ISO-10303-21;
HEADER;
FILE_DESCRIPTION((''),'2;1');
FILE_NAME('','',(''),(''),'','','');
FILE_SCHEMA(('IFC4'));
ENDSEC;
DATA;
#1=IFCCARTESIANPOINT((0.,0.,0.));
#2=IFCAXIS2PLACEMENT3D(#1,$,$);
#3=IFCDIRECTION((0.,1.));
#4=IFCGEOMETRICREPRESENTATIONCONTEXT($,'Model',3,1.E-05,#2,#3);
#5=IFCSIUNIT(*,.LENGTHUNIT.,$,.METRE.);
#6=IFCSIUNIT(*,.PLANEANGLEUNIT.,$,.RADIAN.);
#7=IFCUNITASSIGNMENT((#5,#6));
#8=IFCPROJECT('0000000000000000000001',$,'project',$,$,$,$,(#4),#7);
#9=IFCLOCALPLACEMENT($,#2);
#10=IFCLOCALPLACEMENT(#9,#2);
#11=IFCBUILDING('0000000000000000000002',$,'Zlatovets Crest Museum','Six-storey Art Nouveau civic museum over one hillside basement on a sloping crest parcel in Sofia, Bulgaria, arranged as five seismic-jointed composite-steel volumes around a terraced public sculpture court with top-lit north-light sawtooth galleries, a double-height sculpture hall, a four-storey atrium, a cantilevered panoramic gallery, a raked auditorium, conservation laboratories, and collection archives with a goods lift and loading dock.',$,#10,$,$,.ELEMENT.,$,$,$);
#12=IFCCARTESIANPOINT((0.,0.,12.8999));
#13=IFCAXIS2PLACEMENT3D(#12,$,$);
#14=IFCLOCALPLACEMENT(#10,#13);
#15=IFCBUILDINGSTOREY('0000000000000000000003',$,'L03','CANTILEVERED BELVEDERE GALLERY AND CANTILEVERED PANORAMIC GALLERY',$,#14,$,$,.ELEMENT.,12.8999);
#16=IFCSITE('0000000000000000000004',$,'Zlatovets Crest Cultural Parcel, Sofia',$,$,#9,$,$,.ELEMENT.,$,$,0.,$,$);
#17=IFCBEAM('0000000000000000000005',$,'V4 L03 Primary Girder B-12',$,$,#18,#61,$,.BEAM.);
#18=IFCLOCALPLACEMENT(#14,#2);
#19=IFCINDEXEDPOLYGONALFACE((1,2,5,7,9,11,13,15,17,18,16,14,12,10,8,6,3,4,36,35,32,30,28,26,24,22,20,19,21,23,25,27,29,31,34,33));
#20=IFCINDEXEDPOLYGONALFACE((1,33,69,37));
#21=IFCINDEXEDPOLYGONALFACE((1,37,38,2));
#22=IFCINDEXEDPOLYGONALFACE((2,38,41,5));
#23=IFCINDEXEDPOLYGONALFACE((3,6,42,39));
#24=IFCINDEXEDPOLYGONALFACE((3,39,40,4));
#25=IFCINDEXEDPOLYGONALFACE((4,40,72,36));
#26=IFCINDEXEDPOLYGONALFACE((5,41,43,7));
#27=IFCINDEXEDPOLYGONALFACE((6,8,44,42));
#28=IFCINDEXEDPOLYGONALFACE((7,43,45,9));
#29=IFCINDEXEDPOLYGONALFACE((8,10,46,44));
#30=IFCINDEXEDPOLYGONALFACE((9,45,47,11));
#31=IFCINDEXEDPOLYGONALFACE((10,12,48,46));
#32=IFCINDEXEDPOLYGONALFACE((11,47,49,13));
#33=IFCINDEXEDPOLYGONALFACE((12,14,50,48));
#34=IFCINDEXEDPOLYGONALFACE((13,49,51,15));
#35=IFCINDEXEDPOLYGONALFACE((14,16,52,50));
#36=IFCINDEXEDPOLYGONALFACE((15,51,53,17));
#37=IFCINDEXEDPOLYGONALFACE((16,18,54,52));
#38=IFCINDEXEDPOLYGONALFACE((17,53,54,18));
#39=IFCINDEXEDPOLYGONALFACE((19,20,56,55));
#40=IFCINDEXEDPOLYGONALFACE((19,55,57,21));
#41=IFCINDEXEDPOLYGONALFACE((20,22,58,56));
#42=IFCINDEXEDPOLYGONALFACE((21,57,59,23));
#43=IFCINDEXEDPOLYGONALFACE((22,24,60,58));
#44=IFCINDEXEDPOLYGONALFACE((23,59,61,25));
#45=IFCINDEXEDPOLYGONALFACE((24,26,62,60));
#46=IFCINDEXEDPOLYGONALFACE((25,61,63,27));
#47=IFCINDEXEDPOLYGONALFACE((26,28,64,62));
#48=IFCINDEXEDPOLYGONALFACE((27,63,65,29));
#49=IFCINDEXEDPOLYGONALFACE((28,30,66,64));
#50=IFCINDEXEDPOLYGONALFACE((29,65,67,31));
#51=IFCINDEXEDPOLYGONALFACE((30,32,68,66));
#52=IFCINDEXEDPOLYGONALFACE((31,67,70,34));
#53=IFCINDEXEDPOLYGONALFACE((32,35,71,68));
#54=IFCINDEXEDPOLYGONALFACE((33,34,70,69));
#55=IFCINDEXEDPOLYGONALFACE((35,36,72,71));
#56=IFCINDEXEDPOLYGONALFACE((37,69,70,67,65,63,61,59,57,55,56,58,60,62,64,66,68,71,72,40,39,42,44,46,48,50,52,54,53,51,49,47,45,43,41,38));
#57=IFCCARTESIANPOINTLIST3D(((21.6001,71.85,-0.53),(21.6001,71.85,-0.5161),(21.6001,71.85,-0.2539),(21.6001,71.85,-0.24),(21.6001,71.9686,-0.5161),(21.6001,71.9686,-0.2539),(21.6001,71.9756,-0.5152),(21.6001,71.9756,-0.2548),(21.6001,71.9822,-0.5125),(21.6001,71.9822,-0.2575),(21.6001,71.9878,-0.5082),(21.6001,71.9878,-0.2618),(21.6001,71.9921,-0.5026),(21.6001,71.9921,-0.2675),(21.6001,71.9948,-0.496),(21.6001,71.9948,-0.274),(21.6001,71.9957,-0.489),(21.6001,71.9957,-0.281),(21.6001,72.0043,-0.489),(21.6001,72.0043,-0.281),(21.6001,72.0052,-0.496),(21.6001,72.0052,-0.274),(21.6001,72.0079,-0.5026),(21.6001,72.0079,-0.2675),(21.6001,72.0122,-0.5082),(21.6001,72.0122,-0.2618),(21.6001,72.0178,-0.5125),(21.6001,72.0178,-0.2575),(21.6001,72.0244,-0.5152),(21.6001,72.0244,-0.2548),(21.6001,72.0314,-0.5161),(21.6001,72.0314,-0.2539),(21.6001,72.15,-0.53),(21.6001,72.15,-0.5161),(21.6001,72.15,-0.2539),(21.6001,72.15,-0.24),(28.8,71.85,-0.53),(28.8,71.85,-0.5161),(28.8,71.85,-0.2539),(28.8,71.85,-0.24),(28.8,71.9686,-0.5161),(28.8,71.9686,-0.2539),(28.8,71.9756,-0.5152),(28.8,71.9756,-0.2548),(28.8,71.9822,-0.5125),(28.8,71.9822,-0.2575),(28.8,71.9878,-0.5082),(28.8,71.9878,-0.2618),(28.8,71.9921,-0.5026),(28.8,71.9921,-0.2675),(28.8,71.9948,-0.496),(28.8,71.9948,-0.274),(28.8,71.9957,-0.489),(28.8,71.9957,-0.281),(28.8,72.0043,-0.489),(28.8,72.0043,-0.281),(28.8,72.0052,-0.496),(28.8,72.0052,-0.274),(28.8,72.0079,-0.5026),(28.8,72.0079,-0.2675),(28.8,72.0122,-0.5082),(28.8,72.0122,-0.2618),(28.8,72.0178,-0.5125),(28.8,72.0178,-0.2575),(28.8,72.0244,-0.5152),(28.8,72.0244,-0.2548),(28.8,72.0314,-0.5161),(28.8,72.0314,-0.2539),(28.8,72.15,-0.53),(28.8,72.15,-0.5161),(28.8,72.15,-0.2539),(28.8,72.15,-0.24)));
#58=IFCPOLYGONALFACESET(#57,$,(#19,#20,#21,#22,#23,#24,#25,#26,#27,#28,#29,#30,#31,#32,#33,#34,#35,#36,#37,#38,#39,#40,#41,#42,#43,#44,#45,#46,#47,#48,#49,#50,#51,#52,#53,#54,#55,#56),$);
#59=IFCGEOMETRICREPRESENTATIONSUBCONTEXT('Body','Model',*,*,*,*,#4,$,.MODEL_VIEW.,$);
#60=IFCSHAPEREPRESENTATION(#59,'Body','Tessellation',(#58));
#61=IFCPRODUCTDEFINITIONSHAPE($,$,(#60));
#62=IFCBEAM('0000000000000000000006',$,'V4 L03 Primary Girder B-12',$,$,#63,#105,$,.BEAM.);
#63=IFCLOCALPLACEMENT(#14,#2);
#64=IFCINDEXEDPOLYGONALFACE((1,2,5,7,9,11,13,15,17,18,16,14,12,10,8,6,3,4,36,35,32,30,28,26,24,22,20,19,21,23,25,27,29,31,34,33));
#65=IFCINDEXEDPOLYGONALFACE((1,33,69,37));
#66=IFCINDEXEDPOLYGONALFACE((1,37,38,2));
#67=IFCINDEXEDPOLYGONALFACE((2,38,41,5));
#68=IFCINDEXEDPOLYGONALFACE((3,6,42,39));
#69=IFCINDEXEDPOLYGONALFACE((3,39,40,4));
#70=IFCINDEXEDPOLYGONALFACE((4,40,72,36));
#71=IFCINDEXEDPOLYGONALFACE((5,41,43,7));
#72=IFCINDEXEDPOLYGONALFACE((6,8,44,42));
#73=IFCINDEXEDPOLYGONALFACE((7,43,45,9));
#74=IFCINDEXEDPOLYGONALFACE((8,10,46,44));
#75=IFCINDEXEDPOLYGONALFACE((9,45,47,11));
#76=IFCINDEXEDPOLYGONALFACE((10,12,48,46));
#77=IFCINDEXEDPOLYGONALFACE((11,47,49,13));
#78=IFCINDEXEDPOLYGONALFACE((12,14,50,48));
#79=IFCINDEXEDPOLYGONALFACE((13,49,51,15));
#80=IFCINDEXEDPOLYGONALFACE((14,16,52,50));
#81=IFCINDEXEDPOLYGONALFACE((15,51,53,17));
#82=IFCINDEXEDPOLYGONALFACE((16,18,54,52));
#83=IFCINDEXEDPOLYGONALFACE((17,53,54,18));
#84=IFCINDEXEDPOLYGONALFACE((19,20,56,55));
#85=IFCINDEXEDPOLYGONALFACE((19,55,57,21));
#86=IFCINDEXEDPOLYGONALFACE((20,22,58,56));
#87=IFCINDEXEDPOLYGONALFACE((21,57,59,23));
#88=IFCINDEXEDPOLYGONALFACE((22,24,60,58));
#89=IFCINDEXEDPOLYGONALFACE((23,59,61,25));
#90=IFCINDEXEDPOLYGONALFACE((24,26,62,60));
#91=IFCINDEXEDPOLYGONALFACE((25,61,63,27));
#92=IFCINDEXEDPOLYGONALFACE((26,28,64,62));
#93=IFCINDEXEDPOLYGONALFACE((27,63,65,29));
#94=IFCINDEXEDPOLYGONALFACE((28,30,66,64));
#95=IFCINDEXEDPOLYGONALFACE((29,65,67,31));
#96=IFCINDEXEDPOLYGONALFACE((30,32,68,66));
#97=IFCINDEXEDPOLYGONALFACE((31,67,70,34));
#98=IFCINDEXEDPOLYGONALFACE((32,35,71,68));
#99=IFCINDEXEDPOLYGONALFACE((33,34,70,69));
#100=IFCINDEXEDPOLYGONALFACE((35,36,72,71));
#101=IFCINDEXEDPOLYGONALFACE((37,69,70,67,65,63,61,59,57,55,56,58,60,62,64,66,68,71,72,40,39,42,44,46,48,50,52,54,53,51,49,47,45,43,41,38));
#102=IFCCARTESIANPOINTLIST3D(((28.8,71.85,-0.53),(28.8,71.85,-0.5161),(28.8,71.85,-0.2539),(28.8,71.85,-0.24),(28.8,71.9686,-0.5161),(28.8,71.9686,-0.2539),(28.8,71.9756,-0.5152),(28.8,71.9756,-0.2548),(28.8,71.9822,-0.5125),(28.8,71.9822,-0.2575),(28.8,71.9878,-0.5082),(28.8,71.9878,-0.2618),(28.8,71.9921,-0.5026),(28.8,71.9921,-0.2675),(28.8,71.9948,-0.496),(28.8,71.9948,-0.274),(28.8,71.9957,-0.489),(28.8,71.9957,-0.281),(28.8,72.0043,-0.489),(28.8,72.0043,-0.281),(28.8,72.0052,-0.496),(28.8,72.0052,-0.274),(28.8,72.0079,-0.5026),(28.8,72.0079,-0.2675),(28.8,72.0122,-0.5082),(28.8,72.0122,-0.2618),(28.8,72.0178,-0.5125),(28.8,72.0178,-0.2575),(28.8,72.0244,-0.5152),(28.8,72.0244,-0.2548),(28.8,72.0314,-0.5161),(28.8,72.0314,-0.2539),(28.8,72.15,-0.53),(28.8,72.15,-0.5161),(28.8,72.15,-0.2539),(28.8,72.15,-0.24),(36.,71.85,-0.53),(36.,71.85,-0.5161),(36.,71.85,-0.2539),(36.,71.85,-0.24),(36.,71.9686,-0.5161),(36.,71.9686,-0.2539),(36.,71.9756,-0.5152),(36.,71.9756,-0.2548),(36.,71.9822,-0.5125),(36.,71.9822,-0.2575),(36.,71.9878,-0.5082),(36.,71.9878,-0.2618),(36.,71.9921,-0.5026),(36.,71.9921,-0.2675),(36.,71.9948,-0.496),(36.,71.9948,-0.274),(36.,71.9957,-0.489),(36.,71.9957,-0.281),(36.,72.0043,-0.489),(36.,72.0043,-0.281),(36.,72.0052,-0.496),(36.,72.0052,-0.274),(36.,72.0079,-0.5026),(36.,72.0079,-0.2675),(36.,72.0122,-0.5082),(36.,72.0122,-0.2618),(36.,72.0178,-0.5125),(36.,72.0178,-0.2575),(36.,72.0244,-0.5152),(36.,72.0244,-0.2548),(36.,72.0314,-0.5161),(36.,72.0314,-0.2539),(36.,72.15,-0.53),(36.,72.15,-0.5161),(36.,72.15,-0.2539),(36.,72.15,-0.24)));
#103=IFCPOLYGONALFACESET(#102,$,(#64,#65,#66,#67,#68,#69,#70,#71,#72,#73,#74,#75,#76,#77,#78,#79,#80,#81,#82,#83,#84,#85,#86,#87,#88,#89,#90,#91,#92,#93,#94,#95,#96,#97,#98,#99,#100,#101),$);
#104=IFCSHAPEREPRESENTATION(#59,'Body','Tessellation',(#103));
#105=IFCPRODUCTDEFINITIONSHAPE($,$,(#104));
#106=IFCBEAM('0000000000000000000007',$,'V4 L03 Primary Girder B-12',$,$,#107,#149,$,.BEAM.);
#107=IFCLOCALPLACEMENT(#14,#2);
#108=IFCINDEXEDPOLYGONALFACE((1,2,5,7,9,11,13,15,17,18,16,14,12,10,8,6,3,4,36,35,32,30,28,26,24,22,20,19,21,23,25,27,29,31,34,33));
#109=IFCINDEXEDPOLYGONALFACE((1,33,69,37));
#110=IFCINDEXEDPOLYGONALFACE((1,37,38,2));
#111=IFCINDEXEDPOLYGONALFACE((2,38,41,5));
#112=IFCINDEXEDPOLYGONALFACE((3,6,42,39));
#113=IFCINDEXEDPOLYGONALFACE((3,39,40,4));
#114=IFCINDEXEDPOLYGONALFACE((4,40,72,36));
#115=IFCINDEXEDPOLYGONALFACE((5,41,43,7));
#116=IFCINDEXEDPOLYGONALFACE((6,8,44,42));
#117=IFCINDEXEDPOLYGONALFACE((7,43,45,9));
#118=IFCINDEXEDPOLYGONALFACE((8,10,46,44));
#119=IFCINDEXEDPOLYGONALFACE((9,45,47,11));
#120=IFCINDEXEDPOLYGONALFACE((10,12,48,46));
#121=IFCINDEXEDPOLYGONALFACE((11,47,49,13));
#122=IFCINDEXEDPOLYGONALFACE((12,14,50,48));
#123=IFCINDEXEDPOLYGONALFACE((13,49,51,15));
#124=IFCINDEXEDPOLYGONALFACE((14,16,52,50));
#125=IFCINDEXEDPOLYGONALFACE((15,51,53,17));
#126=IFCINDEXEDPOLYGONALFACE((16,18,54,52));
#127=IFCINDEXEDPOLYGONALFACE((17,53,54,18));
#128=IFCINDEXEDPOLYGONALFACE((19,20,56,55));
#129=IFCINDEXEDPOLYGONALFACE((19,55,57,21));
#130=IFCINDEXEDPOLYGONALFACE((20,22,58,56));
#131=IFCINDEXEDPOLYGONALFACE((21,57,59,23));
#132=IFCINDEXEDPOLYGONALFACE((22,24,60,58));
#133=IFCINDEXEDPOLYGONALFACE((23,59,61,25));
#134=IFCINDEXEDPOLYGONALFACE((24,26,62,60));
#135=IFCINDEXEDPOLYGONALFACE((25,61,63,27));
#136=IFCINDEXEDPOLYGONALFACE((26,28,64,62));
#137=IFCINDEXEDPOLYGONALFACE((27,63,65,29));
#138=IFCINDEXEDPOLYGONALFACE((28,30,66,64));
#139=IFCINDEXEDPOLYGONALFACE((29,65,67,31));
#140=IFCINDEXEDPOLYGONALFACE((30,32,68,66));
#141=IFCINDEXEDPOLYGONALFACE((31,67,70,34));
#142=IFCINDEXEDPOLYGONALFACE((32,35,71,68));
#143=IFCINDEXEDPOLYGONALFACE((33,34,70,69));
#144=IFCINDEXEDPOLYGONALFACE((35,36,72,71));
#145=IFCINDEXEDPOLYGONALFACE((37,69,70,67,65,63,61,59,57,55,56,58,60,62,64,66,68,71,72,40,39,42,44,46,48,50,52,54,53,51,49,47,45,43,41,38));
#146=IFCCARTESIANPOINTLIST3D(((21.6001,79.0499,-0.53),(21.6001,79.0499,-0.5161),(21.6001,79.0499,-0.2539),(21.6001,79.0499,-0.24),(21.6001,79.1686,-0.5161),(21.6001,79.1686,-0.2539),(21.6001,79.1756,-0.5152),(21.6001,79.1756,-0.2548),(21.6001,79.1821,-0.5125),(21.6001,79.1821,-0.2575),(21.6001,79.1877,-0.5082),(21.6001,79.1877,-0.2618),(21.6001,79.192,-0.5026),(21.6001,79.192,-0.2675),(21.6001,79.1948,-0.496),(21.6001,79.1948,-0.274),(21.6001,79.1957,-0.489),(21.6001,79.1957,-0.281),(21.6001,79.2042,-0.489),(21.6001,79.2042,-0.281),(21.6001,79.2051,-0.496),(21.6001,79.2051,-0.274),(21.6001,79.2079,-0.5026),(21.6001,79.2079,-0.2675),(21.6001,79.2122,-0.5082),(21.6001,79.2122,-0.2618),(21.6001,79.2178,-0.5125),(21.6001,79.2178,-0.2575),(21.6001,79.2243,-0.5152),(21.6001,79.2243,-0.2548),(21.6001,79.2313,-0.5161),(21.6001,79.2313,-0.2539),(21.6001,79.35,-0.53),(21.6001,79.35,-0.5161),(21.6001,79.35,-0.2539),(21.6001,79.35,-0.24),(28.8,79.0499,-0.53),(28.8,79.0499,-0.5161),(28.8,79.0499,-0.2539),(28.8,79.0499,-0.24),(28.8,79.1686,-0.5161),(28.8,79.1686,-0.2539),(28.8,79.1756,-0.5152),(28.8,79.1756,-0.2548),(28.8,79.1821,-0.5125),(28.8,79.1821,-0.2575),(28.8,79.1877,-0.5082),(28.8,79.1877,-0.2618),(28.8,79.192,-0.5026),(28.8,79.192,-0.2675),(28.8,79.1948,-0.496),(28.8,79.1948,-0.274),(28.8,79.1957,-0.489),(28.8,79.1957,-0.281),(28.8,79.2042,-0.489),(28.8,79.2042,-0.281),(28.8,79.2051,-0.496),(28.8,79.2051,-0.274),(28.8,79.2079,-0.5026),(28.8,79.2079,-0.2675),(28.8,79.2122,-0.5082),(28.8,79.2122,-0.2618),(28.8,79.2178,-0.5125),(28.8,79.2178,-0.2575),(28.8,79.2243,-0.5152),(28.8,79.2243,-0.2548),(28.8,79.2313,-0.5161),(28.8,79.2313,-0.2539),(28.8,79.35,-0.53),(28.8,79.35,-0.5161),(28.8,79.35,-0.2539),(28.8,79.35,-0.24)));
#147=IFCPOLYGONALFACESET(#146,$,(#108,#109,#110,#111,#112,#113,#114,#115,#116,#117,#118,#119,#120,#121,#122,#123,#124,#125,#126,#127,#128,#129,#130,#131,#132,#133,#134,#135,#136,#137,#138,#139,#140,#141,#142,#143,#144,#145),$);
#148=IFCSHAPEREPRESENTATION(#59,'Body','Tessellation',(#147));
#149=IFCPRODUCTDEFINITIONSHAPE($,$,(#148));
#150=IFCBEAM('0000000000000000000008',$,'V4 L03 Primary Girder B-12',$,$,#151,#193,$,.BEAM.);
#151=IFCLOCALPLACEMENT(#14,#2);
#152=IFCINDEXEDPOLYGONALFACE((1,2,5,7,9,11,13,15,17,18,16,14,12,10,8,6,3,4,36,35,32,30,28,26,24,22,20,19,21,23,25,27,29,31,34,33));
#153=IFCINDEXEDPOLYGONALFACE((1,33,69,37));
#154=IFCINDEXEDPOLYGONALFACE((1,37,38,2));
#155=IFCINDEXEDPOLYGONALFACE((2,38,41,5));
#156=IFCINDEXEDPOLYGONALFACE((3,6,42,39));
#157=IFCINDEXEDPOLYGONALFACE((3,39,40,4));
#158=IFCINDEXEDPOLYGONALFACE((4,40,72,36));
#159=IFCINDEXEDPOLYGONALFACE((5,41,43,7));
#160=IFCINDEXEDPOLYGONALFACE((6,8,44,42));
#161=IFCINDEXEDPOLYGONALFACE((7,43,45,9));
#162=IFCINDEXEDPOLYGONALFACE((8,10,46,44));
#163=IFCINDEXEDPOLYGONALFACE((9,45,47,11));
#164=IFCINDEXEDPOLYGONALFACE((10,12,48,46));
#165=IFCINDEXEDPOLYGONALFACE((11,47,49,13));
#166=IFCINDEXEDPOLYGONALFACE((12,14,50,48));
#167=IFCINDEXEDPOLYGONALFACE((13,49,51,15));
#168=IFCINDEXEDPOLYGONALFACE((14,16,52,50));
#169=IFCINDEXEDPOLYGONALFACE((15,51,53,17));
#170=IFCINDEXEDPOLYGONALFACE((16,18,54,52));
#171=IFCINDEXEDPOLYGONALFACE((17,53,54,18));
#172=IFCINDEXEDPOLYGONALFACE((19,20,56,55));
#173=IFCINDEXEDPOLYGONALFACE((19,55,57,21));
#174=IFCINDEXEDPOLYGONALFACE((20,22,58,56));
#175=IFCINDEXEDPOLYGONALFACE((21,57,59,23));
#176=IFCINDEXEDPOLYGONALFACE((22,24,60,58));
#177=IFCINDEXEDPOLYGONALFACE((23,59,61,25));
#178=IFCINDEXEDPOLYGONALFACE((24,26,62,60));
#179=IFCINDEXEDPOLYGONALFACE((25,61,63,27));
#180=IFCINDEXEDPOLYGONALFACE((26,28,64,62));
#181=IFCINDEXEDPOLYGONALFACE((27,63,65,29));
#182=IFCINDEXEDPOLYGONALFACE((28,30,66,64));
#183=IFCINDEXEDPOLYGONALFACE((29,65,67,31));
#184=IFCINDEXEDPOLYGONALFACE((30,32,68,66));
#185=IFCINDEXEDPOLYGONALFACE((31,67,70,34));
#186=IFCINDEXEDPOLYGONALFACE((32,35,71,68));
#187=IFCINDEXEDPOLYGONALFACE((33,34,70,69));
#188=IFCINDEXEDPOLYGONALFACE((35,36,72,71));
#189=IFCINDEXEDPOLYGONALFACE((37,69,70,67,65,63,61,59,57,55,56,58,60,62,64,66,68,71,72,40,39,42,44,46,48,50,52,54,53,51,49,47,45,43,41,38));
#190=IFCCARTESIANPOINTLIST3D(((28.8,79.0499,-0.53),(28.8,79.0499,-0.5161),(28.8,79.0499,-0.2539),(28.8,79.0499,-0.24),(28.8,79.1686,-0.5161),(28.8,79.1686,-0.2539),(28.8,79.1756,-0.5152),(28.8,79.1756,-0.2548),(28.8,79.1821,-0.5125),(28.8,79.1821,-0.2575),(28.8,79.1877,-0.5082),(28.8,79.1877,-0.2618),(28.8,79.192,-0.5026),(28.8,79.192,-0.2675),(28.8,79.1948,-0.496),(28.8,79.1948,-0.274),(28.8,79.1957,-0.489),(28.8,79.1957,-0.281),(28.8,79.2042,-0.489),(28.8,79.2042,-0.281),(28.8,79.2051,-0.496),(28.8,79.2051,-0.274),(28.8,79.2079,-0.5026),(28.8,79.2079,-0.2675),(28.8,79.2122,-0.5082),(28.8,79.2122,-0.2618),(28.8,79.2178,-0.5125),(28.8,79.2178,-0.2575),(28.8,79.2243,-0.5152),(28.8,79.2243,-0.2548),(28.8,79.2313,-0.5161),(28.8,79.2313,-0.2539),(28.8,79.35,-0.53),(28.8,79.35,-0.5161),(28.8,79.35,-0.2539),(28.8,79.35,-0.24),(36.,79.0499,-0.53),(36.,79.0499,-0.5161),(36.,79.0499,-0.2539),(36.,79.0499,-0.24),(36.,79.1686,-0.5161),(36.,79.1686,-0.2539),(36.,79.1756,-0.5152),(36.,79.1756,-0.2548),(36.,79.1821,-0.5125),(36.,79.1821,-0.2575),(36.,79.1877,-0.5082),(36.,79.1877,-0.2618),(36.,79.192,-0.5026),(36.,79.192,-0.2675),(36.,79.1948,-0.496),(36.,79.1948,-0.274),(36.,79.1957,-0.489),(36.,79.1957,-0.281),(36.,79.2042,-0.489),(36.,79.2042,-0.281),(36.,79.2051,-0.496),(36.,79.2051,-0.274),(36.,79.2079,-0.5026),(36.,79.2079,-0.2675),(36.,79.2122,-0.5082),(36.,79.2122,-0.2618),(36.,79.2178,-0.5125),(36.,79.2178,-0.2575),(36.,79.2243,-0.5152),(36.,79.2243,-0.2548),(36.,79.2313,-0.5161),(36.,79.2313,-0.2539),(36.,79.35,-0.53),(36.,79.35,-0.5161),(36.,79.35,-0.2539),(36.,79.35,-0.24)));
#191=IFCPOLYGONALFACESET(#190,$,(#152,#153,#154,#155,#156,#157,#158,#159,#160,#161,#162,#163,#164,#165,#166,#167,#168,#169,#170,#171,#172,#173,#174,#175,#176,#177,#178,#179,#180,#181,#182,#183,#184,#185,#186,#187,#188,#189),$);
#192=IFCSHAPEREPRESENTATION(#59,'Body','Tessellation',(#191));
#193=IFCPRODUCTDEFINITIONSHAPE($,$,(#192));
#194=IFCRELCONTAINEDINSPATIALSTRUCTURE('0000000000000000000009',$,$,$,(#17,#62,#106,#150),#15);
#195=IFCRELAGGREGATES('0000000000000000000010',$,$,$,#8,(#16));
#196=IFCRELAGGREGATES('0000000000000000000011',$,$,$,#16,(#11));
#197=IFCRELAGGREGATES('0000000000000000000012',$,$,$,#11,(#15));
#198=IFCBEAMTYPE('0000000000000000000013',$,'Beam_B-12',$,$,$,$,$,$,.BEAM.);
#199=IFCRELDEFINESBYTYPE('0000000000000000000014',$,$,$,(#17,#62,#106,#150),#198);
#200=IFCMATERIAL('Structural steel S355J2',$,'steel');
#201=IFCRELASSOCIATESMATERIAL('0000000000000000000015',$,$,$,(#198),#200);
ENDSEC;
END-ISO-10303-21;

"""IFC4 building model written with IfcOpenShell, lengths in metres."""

from ifc_helpers import new_model, si_unit, direction, frame, origin, origin_2d, place, context, subcontext, project, spatial, i_section, extrude, material, material_profile, profile_set, type_object, element, save


model = new_model("IFC4")

# Units and contexts
model_context = context("Model", 3, precision=1e-05, world=origin(), true_north=direction((0.0, 1.0)))
body_context = subcontext(model_context, "Body", "Model", "MODEL_VIEW")
ifc_project = project(units=[si_unit("LENGTHUNIT", "METRE"), si_unit("PLANEANGLEUNIT", "RADIAN")], contexts=[model_context])

# Site, building, storey
site_placement = place(None, origin())
site = spatial("IfcSite", under=ifc_project, at=site_placement, Name="Zlatovets Crest Cultural Parcel, Sofia", CompositionType="ELEMENT", RefElevation=0.0)
building_placement = place(site_placement, origin())
building = spatial("IfcBuilding", under=site, at=building_placement, Name="Zlatovets Crest Museum", Description="Six-storey Art Nouveau civic museum over one hillside basement on a sloping crest parcel in Sofia, Bulgaria, arranged as five seismic-jointed composite-steel volumes around a terraced public sculpture court with top-lit north-light sawtooth galleries, a double-height sculpture hall, a four-storey atrium, a cantilevered panoramic gallery, a raked auditorium, conservation laboratories, and collection archives with a goods lift and loading dock.", CompositionType="ELEMENT")
storey_placement = place(building_placement, frame((0.0, 0.0, 12.8999)))
storey = spatial("IfcBuildingStorey", under=building, at=storey_placement, Name="L03", Description="CANTILEVERED BELVEDERE GALLERY AND CANTILEVERED PANORAMIC GALLERY", CompositionType="ELEMENT", Elevation=12.8999)

# Shared definitions
ifc_material_1 = material(Name="Structural steel S355J2", Category="steel")

# Beams
ifc_material_profile_1 = material_profile(ifc_material_1, i_section(OverallWidth=0.3, OverallDepth=0.29, WebThickness=0.0085, FlangeThickness=0.0139, FilletRadius=0.0271, at=origin_2d()), Name="HEA 300")
ifc_profile_set_1 = profile_set([ifc_material_profile_1], Name="Structural steel S355J2")
beam_type_1 = type_object("IfcBeamType", Name="Beam_B-12", PredefinedType="BEAM", material=ifc_profile_set_1)
for number, where, z_axis, x_axis, name in (
    (1, (21.6001, 72.0, -0.385), (1.0, 0.0, 0.0), (0.0, 1.0, 0.0), "V4 L03 Primary Girder B-12"),
    (2, (28.8, 72.0, -0.385), (1.0, 0.0, 0.0), (0.0, 1.0, 0.0), "V4 L03 Primary Girder B-12"),
    (3, (21.6001, 79.2, -0.385), (1.0, 0.0, 0.0), (0.0, 1.0, 0.0), "V4 L03 Primary Girder B-12"),
    (4, (28.8, 79.2, -0.385), (1.0, 0.0, 0.0), (0.0, 1.0, 0.0), "V4 L03 Primary Girder B-12"),
):
    element("IfcBeam", number, at=place(storey_placement, frame(where, z_axis=z_axis, x_axis=x_axis)), inside=storey, type_object=beam_type_1, Name=name, PredefinedType="BEAM", context=body_context, shape_type="SweptSolid", body=[
        extrude(i_section(OverallWidth=0.3, OverallDepth=0.29, WebThickness=0.0085, FlangeThickness=0.0139, FilletRadius=0.0271, at=origin_2d()), origin(), (0.0, 0.0, 1.0), 7.2),
    ])

save(model, "model.ifc")
